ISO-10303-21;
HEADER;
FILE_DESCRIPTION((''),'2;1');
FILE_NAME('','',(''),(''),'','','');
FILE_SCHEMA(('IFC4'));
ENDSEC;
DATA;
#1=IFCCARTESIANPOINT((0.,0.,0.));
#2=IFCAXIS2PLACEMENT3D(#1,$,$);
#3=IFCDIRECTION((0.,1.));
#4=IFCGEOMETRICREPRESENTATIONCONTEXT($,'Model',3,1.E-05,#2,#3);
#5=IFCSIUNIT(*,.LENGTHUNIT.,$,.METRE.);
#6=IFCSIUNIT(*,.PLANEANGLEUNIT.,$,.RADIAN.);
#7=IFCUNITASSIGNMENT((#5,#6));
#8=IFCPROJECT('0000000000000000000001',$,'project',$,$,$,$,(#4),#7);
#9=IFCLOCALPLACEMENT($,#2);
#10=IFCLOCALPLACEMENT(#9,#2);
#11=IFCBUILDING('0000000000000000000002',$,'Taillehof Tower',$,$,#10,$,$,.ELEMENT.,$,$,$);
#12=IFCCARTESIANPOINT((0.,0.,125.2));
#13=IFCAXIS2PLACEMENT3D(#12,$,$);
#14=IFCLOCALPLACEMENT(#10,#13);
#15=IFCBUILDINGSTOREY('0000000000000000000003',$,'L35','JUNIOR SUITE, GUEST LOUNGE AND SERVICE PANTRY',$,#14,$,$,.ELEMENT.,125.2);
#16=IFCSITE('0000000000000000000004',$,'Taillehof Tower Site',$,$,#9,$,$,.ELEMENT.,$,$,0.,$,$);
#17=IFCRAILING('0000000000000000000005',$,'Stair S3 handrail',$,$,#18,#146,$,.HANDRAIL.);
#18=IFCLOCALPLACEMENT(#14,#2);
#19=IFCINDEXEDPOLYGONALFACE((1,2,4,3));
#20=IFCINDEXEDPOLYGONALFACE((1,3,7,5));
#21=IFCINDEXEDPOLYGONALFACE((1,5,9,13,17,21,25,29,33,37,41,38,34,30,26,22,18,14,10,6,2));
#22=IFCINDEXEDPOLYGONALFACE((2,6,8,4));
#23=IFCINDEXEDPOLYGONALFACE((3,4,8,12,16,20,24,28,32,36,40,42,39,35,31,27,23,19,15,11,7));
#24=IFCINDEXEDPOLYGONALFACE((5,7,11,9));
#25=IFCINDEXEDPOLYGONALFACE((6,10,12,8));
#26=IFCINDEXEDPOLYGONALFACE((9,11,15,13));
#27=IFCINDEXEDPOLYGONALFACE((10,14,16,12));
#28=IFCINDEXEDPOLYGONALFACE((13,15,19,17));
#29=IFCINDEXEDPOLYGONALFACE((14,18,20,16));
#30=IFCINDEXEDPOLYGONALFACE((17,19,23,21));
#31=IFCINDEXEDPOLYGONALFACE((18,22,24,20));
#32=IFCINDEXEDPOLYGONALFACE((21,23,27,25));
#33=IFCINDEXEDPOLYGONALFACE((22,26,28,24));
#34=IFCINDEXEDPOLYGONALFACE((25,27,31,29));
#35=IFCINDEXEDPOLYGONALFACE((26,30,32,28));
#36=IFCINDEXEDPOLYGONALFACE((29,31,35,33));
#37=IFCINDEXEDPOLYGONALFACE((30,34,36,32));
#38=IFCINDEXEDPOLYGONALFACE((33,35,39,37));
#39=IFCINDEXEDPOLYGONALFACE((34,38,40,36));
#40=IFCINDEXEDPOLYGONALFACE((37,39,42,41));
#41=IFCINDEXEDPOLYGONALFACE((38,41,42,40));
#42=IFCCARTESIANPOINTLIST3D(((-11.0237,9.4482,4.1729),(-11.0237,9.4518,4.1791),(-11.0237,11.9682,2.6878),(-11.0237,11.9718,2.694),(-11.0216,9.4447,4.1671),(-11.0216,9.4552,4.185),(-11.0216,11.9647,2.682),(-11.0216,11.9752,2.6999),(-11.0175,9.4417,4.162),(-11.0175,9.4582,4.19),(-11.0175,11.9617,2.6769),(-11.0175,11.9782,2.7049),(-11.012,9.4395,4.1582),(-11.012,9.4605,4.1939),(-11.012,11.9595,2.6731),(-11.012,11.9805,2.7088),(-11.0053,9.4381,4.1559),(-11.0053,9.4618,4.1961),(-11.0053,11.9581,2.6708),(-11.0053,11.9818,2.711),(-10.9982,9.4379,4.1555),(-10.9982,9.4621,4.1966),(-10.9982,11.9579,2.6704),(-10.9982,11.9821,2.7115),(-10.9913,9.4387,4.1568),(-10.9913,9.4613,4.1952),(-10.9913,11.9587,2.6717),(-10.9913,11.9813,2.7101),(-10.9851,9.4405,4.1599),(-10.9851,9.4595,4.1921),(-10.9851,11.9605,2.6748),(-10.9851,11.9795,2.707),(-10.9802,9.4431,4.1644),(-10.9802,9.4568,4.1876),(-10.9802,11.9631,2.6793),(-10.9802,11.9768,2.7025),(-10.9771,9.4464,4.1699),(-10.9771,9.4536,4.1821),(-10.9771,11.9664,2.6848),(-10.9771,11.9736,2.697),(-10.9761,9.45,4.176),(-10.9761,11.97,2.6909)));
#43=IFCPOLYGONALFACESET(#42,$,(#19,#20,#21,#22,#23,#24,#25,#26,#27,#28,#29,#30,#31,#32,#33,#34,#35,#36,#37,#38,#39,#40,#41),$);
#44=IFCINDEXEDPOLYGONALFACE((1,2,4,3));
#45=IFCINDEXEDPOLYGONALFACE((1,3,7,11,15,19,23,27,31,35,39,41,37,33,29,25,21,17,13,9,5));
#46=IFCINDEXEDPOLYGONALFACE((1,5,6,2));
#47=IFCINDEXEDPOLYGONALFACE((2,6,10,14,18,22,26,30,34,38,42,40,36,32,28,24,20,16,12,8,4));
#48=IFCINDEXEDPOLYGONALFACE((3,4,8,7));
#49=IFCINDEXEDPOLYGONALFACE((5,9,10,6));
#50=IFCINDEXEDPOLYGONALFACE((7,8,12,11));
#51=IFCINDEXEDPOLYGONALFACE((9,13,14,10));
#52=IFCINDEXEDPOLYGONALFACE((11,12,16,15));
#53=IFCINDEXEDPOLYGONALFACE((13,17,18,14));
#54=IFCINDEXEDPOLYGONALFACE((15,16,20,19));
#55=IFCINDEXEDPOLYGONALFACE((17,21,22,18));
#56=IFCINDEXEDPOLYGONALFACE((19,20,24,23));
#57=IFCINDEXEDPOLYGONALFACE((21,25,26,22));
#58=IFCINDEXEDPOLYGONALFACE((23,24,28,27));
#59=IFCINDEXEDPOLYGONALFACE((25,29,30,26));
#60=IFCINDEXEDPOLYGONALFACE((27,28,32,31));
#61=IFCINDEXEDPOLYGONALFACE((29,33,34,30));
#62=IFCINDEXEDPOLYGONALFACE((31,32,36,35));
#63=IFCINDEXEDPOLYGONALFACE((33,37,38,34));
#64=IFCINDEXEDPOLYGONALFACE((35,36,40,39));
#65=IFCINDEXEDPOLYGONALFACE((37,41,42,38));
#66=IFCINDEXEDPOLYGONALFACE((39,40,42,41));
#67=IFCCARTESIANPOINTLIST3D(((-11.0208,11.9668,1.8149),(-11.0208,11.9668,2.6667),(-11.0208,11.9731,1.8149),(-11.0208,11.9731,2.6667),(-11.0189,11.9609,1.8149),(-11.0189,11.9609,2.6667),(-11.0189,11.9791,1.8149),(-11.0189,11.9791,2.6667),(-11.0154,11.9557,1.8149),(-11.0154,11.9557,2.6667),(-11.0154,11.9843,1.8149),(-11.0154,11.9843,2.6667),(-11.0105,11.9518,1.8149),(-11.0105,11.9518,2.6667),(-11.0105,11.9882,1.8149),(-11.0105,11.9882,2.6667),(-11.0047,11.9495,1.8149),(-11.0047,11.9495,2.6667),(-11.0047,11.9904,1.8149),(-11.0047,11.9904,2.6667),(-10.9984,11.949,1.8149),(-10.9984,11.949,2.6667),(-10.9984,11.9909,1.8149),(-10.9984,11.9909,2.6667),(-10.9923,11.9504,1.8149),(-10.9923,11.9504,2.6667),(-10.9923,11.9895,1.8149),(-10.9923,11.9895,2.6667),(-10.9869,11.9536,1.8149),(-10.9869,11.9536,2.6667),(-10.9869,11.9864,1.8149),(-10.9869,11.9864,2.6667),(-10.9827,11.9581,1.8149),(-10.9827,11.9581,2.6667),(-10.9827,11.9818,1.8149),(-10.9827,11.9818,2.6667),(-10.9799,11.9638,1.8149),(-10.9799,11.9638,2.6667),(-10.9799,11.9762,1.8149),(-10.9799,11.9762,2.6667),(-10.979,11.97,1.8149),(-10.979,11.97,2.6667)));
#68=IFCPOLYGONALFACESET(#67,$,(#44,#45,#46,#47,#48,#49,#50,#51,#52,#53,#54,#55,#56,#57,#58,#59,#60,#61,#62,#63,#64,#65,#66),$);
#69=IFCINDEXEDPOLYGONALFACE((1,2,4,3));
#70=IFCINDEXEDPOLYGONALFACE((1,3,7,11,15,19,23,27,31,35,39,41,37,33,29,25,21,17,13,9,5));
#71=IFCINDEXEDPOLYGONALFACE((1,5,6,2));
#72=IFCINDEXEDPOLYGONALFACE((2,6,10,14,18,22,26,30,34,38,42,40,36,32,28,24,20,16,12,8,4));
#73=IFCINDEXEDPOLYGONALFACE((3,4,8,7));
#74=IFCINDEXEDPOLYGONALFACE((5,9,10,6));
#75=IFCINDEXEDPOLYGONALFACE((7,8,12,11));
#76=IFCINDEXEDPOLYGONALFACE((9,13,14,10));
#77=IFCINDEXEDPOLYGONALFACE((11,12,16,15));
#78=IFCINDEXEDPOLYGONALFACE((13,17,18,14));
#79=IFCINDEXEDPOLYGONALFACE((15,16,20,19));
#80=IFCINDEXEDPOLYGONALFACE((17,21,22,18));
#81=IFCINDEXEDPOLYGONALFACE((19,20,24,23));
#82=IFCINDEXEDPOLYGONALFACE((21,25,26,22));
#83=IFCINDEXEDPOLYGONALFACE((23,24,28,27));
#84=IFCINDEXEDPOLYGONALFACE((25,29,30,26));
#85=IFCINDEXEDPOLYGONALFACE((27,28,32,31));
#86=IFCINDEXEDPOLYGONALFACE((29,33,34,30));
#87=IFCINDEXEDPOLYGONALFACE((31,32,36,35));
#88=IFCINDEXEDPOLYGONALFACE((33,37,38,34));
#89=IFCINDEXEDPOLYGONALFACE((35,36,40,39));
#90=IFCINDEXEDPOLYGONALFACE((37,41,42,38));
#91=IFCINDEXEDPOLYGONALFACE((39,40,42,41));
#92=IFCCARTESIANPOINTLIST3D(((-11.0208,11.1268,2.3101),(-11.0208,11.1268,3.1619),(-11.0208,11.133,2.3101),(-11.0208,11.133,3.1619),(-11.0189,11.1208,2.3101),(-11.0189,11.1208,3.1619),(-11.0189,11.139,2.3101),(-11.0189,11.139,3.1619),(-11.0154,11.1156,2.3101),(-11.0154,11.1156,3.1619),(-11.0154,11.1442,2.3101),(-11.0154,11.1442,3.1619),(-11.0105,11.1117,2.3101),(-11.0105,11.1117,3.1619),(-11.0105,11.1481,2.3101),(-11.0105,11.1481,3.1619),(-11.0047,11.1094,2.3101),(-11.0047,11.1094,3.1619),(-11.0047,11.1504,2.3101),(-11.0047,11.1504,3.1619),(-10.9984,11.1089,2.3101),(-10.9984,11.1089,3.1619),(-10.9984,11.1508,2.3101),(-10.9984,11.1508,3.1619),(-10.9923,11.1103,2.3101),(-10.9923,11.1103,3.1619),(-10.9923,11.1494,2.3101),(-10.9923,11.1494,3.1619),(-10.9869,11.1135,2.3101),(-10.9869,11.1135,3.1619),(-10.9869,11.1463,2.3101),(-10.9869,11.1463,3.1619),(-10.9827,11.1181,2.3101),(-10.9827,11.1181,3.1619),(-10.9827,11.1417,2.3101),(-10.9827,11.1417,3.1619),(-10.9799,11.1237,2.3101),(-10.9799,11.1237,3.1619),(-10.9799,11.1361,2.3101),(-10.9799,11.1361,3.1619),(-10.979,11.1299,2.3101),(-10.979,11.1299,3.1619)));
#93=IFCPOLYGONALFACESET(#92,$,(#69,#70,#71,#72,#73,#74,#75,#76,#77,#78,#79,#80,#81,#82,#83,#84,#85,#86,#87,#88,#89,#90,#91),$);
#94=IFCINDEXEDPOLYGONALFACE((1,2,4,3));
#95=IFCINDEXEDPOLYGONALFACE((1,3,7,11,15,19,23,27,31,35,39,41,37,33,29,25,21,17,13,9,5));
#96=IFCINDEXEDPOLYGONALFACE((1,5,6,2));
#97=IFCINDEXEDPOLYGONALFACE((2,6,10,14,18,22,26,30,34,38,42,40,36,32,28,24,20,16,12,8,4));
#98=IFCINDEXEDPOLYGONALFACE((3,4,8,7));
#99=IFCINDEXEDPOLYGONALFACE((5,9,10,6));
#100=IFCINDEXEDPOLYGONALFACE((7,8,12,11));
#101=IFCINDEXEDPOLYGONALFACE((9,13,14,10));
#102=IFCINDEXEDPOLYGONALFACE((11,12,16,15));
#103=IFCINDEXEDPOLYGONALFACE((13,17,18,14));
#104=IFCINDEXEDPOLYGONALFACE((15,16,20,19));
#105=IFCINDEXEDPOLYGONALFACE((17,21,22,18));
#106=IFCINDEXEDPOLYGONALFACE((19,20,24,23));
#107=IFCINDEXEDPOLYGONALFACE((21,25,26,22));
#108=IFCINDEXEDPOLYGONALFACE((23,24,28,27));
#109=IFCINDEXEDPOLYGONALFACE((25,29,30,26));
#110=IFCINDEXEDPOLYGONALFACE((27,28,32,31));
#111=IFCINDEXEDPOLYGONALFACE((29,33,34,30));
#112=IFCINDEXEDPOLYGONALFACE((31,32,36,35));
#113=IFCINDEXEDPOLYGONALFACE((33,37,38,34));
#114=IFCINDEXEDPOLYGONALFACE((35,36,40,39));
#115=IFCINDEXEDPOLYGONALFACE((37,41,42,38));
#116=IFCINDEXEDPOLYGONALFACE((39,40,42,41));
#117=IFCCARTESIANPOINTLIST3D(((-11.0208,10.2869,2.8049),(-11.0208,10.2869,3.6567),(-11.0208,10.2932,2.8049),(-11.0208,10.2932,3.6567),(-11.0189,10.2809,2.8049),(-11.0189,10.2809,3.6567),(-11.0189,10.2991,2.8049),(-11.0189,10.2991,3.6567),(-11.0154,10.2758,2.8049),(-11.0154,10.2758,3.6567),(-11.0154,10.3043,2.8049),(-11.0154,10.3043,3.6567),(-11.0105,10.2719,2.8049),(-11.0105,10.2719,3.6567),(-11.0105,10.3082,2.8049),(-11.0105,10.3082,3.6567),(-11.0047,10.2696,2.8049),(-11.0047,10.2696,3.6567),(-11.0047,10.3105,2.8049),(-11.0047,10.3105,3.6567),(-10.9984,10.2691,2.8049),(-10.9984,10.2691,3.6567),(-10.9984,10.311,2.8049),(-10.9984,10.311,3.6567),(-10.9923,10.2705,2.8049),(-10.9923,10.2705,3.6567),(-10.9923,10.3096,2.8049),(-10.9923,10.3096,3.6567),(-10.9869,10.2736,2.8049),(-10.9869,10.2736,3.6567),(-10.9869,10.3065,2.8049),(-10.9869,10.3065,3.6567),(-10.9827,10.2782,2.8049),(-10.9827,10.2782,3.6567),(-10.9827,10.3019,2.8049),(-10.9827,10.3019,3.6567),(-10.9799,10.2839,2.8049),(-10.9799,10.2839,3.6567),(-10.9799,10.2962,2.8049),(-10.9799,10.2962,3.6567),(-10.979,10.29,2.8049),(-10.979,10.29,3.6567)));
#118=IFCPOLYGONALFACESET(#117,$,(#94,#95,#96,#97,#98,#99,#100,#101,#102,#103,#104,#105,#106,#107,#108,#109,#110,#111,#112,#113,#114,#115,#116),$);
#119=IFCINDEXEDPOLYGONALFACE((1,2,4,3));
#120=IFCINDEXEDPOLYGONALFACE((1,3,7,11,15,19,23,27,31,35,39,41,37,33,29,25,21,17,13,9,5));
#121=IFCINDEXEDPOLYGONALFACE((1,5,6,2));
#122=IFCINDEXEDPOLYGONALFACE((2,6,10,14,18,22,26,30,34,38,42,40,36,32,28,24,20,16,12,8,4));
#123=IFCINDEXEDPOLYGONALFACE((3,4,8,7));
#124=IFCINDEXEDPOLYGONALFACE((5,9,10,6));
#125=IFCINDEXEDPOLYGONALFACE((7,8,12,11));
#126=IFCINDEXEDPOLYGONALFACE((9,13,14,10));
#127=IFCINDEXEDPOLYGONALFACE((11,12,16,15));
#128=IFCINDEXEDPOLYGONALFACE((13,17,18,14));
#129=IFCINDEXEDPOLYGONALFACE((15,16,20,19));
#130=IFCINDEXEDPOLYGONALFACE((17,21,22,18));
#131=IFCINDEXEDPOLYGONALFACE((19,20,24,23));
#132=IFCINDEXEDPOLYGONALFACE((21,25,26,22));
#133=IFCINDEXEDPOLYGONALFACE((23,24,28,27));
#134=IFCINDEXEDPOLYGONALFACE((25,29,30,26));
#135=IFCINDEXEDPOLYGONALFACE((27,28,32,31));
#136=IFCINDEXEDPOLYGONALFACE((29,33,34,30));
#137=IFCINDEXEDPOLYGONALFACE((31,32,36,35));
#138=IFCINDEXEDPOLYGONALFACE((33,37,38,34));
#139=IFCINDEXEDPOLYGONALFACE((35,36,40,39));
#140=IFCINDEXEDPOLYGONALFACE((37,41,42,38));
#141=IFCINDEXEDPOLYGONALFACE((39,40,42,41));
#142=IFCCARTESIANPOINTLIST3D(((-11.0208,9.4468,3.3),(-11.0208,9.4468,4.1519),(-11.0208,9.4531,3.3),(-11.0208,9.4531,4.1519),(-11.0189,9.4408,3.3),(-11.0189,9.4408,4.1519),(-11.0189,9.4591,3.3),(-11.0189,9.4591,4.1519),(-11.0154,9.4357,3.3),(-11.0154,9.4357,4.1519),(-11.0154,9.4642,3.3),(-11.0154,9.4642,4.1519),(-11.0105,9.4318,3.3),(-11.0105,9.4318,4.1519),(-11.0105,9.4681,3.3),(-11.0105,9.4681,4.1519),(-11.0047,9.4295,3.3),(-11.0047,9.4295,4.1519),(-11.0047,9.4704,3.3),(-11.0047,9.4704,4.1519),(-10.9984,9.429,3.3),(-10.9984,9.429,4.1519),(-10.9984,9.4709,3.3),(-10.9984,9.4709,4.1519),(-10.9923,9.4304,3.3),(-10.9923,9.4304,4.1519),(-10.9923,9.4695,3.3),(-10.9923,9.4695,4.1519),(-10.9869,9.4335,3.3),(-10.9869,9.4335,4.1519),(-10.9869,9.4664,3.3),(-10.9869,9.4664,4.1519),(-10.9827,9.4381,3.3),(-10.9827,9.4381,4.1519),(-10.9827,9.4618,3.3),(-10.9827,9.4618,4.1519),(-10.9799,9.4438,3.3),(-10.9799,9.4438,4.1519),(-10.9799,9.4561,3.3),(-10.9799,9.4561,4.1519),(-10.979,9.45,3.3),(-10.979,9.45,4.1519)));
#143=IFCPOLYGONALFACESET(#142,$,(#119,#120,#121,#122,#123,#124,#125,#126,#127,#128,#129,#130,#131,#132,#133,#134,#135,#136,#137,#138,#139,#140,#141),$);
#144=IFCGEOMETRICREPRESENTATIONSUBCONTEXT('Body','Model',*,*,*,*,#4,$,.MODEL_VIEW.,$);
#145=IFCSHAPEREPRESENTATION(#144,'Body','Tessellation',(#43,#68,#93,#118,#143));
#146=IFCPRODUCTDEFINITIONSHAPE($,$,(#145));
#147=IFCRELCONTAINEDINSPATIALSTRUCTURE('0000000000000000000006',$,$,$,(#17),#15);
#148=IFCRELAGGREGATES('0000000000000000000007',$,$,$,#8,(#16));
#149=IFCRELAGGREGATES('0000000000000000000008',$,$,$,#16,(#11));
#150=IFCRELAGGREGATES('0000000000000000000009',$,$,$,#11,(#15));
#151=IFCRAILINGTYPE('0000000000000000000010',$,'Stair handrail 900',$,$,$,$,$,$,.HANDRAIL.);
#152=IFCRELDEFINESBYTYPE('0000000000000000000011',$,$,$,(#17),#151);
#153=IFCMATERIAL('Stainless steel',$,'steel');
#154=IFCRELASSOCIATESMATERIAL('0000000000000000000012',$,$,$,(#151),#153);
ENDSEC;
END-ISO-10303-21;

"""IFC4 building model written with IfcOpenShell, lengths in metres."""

from ifc_helpers import new_model, si_unit, direction, frame, origin, origin_2d, place, context, subcontext, project, spatial, circle, extrude, material, type_object, element, save


model = new_model("IFC4")

# Units and contexts
model_context = context("Model", 3, precision=1e-05, world=origin(), true_north=direction((0.0, 1.0)))
body_context = subcontext(model_context, "Body", "Model", "MODEL_VIEW")
ifc_project = project(units=[si_unit("LENGTHUNIT", "METRE"), si_unit("PLANEANGLEUNIT", "RADIAN")], contexts=[model_context])

# Site, building, storey
site_placement = place(None, origin())
site = spatial("IfcSite", under=ifc_project, at=site_placement, Name="Taillehof Tower Site", CompositionType="ELEMENT", RefElevation=0.0)
building_placement = place(site_placement, origin())
building = spatial("IfcBuilding", under=site, at=building_placement, Name="Taillehof Tower", CompositionType="ELEMENT")
storey_placement = place(building_placement, frame((0.0, 0.0, 125.2)))
storey = spatial("IfcBuildingStorey", under=building, at=storey_placement, Name="L35", Description="JUNIOR SUITE, GUEST LOUNGE AND SERVICE PANTRY", CompositionType="ELEMENT", Elevation=125.2)

# Railing
ifc_material_1 = material(Name="Stainless steel", Category="steel")
railing_type = type_object("IfcRailingType", Name="Stair handrail 900", PredefinedType="HANDRAIL", material=ifc_material_1)
railing_placement = place(storey_placement, frame((-11.0, 11.97, 1.8149)))
element("IfcRailing", 1, at=railing_placement, inside=storey, type_object=railing_type, Name="Stair S3 handrail", PredefinedType="HANDRAIL", context=body_context, shape_type="SweptSolid", body=[
    extrude(circle(Radius=0.0239, at=origin_2d()), frame((0.0, 0.0, 0.876), z_axis=(0.0, -0.861524, 0.507717), x_axis=(1.0, 0.0, 0.0)), (0.0, 0.0, 1.0), 2.925),
    extrude(circle(Radius=0.021, at=origin_2d()), origin(), (0.0, 0.0, 1.0), 0.8518),
    extrude(circle(Radius=0.021, at=origin_2d()), frame((0.0, -0.8401, 0.4951)), (0.0, 0.0, 1.0), 0.8518),
    extrude(circle(Radius=0.021, at=origin_2d()), frame((0.0, -1.6799, 0.99)), (0.0, 0.0, 1.0), 0.8518),
    extrude(circle(Radius=0.021, at=origin_2d()), frame((0.0, -2.52, 1.4851)), (0.0, 0.0, 1.0), 0.8518),
])

save(model, "model.ifc")
